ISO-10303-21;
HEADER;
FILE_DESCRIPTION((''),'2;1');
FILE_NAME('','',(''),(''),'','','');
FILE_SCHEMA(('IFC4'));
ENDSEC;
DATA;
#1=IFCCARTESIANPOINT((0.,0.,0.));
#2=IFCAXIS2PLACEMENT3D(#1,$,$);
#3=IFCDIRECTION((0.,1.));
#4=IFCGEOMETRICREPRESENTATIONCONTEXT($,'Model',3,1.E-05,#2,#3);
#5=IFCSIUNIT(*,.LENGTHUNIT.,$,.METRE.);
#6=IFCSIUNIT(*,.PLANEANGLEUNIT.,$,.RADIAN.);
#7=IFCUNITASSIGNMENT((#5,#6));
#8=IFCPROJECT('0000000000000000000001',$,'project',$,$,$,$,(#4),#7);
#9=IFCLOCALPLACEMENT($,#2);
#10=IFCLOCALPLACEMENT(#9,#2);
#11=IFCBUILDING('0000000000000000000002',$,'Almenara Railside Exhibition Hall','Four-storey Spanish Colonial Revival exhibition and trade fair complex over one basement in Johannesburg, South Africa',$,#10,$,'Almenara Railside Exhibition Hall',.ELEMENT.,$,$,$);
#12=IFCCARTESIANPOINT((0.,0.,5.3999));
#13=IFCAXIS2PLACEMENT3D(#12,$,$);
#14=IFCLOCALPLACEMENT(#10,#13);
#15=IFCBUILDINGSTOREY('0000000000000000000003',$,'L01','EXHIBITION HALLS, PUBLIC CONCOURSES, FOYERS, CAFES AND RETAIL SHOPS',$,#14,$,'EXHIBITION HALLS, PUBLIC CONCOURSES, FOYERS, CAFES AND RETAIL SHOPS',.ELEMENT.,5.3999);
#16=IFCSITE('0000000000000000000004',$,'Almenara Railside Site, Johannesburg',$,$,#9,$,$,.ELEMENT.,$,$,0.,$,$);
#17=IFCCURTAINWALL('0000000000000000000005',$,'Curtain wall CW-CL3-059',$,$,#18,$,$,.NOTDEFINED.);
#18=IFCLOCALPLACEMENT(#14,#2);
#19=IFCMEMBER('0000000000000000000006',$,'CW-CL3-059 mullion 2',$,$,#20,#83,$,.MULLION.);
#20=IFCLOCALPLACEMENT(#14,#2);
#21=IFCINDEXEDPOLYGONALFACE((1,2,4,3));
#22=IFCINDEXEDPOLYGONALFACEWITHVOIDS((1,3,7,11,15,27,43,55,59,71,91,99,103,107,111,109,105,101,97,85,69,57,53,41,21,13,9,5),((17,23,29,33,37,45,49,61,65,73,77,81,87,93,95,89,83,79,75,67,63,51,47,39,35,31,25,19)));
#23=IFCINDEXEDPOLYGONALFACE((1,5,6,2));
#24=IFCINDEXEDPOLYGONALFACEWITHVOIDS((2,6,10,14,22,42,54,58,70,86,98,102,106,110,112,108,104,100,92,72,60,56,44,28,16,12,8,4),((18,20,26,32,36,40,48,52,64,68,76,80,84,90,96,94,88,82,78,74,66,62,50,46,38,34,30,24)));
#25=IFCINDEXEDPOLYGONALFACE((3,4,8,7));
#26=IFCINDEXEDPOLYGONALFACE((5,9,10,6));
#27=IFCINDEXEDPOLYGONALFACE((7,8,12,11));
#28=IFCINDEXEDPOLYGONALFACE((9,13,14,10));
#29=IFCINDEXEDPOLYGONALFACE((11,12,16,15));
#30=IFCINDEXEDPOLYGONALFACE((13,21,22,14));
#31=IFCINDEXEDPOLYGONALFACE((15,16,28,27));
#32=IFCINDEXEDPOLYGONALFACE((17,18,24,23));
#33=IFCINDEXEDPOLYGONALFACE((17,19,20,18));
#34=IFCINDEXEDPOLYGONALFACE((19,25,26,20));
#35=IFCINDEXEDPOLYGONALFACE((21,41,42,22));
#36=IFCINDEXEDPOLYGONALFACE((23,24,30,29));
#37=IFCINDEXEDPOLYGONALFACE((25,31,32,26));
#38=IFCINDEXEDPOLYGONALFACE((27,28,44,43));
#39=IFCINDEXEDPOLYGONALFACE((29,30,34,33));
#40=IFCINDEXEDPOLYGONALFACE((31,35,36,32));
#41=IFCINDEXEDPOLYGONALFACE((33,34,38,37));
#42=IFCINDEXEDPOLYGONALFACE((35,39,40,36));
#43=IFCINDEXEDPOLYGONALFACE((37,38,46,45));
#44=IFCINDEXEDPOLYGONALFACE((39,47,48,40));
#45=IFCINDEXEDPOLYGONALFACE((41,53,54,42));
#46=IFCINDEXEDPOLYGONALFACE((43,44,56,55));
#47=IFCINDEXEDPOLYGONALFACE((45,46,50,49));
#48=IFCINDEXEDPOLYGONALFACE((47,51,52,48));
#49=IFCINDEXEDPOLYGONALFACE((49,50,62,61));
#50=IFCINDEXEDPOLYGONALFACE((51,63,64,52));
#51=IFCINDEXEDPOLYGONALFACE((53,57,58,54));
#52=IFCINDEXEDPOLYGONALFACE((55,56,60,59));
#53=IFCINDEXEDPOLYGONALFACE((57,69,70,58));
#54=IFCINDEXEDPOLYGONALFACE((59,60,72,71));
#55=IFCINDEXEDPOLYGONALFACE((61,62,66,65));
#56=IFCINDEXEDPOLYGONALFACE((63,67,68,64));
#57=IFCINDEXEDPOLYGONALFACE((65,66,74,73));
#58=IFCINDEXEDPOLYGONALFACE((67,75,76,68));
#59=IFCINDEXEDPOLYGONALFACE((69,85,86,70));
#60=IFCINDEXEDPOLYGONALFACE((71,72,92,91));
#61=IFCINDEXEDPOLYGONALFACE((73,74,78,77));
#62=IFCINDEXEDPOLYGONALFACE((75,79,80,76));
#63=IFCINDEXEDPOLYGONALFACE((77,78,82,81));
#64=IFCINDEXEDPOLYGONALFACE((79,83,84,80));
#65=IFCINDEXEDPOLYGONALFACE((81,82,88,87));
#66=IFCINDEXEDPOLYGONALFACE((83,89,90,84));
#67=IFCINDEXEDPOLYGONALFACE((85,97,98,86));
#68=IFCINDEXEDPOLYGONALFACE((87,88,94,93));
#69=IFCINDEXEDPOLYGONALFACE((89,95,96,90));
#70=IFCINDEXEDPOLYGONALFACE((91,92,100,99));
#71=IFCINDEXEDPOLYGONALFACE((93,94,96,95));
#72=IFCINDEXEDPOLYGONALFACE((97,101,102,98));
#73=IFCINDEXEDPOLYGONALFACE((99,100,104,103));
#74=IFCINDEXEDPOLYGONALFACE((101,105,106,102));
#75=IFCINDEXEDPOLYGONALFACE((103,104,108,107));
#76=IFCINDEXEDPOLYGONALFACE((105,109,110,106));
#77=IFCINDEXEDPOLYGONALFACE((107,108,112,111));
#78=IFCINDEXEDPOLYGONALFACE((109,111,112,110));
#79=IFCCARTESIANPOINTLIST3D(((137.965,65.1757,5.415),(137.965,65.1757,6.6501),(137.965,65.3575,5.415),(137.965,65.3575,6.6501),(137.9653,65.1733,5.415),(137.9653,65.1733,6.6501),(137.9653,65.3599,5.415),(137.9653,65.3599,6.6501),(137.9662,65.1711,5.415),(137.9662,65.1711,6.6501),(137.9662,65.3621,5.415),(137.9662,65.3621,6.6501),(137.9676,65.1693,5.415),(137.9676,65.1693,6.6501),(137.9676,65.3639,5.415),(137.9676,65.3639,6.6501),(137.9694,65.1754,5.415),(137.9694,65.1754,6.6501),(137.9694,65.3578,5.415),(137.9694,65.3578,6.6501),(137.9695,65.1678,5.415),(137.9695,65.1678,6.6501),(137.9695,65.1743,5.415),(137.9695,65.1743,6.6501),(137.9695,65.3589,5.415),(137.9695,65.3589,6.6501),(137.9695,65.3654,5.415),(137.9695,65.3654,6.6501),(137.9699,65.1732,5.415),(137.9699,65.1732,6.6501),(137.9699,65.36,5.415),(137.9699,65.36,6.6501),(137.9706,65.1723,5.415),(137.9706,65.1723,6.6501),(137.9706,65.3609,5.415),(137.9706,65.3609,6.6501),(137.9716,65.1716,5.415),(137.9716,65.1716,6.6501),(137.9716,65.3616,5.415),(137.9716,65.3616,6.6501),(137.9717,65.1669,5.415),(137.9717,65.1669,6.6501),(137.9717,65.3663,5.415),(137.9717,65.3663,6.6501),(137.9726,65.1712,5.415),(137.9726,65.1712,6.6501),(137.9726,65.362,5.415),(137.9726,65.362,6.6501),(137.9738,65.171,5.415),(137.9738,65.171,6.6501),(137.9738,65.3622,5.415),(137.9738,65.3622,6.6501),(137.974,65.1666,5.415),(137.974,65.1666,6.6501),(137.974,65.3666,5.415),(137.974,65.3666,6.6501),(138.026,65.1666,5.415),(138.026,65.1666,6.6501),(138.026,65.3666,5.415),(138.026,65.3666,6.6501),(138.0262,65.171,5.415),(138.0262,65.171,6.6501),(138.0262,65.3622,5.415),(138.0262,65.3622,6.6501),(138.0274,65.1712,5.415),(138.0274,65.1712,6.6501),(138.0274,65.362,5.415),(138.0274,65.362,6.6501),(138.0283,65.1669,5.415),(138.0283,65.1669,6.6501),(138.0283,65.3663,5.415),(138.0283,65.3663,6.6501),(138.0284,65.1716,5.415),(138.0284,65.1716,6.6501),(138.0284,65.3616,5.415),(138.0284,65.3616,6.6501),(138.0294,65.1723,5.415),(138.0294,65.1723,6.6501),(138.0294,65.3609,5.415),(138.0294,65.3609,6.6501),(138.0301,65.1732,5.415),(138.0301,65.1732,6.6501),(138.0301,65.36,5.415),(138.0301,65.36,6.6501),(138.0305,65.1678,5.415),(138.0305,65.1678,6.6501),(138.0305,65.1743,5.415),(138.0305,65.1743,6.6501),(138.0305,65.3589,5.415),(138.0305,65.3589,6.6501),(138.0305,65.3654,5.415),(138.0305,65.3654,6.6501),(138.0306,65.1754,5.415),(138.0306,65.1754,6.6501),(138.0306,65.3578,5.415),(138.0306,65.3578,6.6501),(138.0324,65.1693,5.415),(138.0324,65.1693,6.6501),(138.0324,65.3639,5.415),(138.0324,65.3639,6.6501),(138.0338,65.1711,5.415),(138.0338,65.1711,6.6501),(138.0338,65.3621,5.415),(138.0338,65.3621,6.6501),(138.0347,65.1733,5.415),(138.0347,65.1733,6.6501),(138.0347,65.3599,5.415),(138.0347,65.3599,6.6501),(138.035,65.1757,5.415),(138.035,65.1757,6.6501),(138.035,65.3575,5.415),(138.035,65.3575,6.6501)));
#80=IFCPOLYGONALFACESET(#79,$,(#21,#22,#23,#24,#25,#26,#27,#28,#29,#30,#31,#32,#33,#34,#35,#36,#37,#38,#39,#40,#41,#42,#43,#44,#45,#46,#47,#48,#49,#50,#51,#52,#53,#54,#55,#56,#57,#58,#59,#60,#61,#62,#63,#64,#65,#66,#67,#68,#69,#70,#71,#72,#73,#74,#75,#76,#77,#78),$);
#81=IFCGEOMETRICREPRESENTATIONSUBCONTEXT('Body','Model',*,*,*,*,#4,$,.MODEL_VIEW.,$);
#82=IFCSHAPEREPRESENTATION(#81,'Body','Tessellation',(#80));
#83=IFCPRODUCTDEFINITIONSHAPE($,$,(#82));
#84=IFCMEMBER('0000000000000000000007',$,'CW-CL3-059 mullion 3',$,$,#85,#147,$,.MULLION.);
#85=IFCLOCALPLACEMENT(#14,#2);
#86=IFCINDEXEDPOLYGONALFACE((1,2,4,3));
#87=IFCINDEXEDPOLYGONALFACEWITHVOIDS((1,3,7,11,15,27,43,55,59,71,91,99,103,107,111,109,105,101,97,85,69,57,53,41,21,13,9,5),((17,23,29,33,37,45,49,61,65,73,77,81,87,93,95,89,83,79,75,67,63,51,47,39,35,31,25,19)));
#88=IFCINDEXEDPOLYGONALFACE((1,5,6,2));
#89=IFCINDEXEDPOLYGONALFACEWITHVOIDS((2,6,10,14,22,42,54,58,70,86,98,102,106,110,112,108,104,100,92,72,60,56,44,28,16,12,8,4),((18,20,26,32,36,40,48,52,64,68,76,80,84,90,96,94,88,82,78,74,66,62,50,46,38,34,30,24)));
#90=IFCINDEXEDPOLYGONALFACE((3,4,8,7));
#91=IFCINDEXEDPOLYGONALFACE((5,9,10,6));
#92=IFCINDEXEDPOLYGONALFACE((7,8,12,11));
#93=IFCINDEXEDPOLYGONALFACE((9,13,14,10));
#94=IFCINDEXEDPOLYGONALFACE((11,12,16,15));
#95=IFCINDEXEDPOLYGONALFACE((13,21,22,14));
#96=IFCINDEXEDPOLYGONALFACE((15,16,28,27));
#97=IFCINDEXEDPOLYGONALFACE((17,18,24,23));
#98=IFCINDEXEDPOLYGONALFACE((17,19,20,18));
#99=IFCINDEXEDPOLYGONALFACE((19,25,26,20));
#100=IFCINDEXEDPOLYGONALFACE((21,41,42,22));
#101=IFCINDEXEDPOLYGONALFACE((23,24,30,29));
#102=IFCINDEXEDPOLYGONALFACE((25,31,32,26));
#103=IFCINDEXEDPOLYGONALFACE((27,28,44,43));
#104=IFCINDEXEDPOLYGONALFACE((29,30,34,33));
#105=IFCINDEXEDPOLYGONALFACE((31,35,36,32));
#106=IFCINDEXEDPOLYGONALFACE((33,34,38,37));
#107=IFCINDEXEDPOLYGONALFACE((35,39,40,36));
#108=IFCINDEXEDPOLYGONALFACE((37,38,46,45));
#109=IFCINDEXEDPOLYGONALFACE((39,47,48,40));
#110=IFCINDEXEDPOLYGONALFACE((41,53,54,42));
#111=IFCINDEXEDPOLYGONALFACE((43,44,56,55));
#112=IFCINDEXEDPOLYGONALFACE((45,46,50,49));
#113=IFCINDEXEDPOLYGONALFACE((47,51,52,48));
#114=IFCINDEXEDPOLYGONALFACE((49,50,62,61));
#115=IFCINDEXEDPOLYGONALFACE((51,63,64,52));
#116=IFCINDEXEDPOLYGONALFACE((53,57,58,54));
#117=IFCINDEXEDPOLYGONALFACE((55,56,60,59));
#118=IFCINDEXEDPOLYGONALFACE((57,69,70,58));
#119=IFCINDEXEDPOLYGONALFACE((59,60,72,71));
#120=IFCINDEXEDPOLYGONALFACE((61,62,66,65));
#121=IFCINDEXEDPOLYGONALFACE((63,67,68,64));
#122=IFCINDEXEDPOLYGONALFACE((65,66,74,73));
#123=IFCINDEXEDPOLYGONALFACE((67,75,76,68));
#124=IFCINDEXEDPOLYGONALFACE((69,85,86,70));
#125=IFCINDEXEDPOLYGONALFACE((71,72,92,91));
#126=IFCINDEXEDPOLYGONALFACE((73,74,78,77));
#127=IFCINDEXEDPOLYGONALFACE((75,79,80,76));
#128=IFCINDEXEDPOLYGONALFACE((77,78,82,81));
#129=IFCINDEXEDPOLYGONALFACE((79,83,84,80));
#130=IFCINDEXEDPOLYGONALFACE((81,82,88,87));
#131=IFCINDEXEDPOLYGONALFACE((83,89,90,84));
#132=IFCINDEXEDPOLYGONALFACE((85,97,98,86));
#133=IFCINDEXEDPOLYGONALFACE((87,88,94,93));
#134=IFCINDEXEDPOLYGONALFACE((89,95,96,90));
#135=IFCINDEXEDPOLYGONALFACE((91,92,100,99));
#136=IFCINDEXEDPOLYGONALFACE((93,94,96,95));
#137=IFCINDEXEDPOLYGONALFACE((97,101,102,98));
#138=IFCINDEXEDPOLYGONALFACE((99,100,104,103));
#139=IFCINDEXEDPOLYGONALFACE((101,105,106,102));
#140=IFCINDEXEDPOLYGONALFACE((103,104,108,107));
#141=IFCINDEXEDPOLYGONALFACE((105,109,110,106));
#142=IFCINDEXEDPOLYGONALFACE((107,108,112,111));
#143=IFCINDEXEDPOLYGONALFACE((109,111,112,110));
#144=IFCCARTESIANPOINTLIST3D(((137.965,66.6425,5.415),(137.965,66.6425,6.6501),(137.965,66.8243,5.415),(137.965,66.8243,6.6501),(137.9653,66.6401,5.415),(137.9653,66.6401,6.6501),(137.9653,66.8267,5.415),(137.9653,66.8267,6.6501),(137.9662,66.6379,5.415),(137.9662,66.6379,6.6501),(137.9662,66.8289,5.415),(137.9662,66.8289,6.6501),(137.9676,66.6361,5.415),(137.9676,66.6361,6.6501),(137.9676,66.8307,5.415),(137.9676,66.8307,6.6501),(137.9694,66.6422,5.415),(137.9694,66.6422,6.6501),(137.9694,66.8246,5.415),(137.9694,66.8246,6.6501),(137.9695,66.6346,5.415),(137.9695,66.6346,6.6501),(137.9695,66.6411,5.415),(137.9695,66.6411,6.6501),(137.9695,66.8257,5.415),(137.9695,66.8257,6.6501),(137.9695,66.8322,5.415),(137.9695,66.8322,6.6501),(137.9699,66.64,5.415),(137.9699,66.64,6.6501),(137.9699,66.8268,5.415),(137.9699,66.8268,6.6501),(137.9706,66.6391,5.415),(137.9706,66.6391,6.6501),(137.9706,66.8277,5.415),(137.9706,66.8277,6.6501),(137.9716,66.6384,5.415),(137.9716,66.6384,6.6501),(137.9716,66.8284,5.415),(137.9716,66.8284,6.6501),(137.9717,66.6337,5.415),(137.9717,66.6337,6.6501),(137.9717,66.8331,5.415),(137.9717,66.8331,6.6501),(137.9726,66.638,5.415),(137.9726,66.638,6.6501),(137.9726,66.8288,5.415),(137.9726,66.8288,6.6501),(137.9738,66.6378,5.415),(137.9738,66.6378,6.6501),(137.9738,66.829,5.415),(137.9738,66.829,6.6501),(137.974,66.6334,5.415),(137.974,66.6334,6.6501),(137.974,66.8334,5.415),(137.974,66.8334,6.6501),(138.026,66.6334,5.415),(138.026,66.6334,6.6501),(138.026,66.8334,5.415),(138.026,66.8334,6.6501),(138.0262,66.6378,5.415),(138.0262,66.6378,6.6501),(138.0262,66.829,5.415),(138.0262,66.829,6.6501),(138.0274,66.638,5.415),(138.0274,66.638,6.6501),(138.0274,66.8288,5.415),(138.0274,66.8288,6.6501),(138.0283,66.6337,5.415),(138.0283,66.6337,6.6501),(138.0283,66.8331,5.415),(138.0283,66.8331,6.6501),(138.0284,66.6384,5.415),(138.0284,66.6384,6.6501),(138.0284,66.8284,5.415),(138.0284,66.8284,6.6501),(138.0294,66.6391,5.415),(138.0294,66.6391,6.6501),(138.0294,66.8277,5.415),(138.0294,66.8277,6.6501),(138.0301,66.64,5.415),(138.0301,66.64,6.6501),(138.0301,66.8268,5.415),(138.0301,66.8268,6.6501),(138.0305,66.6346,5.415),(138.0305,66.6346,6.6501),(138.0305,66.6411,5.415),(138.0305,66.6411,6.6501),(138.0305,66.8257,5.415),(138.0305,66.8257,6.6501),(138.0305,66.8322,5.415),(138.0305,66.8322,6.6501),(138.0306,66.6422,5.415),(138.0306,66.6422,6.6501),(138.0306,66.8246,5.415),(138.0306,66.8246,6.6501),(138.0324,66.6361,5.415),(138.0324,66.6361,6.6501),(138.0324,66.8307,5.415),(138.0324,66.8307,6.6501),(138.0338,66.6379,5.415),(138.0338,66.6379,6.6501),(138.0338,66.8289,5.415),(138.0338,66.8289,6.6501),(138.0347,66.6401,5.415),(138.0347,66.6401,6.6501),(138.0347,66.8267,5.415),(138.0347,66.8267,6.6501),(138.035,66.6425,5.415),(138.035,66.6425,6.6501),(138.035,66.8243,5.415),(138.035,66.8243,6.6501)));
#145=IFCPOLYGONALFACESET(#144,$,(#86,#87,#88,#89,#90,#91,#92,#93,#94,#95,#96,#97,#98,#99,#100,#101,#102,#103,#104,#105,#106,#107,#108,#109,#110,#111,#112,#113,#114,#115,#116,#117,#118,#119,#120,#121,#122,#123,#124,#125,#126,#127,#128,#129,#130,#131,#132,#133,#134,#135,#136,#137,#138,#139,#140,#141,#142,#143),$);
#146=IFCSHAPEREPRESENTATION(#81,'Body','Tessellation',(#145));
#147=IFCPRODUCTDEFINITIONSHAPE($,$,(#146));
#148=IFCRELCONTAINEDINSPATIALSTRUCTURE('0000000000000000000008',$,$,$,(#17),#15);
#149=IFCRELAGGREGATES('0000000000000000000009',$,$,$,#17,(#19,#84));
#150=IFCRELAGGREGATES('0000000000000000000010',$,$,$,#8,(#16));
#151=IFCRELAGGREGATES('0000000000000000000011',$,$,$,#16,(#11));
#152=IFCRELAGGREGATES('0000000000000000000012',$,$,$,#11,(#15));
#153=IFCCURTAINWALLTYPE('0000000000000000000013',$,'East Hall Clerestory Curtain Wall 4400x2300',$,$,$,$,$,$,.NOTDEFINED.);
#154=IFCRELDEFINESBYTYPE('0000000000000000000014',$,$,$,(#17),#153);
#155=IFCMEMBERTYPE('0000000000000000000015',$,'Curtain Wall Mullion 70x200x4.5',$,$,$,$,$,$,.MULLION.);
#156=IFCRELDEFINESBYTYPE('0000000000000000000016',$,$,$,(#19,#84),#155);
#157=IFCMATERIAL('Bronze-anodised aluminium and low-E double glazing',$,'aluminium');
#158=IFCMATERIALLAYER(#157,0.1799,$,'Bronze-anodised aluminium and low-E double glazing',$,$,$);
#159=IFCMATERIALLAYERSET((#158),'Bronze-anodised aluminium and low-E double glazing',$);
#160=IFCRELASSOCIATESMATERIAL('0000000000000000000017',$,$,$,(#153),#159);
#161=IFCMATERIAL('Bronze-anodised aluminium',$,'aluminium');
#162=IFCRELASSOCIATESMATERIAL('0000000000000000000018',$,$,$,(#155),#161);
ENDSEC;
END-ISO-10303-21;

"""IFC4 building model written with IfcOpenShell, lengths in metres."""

from ifc_helpers import new_model, si_unit, direction, frame, origin, origin_2d, place, context, subcontext, project, spatial, hollow_rectangle, extrude, material, layer, layer_set, material_profile, profile_set, type_object, element, aggregate, save


model = new_model("IFC4")

# Units and contexts
model_context = context("Model", 3, precision=1e-05, world=origin(), true_north=direction((0.0, 1.0)))
body_context = subcontext(model_context, "Body", "Model", "MODEL_VIEW")
ifc_project = project(units=[si_unit("LENGTHUNIT", "METRE"), si_unit("PLANEANGLEUNIT", "RADIAN")], contexts=[model_context])

# Site, building, storey
site_placement = place(None, origin())
site = spatial("IfcSite", under=ifc_project, at=site_placement, Name="Almenara Railside Site, Johannesburg", CompositionType="ELEMENT", RefElevation=0.0)
building_placement = place(site_placement, origin())
building = spatial("IfcBuilding", under=site, at=building_placement, Name="Almenara Railside Exhibition Hall", Description="Four-storey Spanish Colonial Revival exhibition and trade fair complex over one basement in Johannesburg, South Africa", LongName="Almenara Railside Exhibition Hall", CompositionType="ELEMENT")
storey_placement = place(building_placement, frame((0.0, 0.0, 5.3999)))
storey = spatial("IfcBuildingStorey", under=building, at=storey_placement, Name="L01", Description="EXHIBITION HALLS, PUBLIC CONCOURSES, FOYERS, CAFES AND RETAIL SHOPS", LongName="EXHIBITION HALLS, PUBLIC CONCOURSES, FOYERS, CAFES AND RETAIL SHOPS", CompositionType="ELEMENT", Elevation=5.3999)

# Shared definitions
ifc_material_1 = material(Name="Bronze-anodised aluminium and low-E double glazing", Category="aluminium")
ifc_layer_1 = layer(ifc_material_1, 0.1799, Name="Bronze-anodised aluminium and low-E double glazing")
ifc_layer_set_1 = layer_set([ifc_layer_1], Name="Bronze-anodised aluminium and low-E double glazing")
curtain_wall_type = type_object("IfcCurtainWallType", Name="East Hall Clerestory Curtain Wall 4400x2300", PredefinedType="NOTDEFINED", material=ifc_layer_set_1)
ifc_material_2 = material(Name="Bronze-anodised aluminium", Category="aluminium")

# Curtain wall, members
curtain_wall_1_placement = place(storey_placement, origin())
curtain_wall_1 = element("IfcCurtainWall", 1, at=curtain_wall_1_placement, inside=storey, type_object=curtain_wall_type, Name="Curtain wall CW-CL3-059", PredefinedType="NOTDEFINED")
ifc_material_profile_1 = material_profile(ifc_material_2, hollow_rectangle(XDim=0.0701, YDim=0.2, WallThickness=0.0044, InnerFilletRadius=0.0044, OuterFilletRadius=0.009, at=origin_2d()), Name="ALU-MUL 70x200x4.5")
ifc_profile_set_1 = profile_set([ifc_material_profile_1], Name="Bronze-anodised aluminium")
member_type_1 = type_object("IfcMemberType", Name="Curtain Wall Mullion 70x200x4.5", PredefinedType="MULLION", material=ifc_profile_set_1)
member_1_placement = place(storey_placement, frame((138.0, 65.2666, 5.415), z_axis=(0.0, 0.0, 1.0), x_axis=(-1.0, 0.0, 0.0)))
member_1 = element("IfcMember", 2, at=member_1_placement, type_object=member_type_1, Name="CW-CL3-059 mullion 2", PredefinedType="MULLION", context=body_context, shape_type="SweptSolid", body=[
    extrude(hollow_rectangle(XDim=0.0701, YDim=0.2, WallThickness=0.0044, InnerFilletRadius=0.0044, OuterFilletRadius=0.009, at=origin_2d()), origin(), (0.0, 0.0, 1.0), 1.2351),
])
member_2_placement = place(storey_placement, frame((138.0, 66.7334, 5.415), z_axis=(0.0, 0.0, 1.0), x_axis=(-1.0, 0.0, 0.0)))
member_2 = element("IfcMember", 3, at=member_2_placement, type_object=member_type_1, Name="CW-CL3-059 mullion 3", PredefinedType="MULLION", context=body_context, shape_type="SweptSolid", body=[
    extrude(hollow_rectangle(XDim=0.0701, YDim=0.2, WallThickness=0.0044, InnerFilletRadius=0.0044, OuterFilletRadius=0.009, at=origin_2d()), origin(), (0.0, 0.0, 1.0), 1.2351),
])

aggregate(curtain_wall_1, [member_1, member_2])

save(model, "model.ifc")
